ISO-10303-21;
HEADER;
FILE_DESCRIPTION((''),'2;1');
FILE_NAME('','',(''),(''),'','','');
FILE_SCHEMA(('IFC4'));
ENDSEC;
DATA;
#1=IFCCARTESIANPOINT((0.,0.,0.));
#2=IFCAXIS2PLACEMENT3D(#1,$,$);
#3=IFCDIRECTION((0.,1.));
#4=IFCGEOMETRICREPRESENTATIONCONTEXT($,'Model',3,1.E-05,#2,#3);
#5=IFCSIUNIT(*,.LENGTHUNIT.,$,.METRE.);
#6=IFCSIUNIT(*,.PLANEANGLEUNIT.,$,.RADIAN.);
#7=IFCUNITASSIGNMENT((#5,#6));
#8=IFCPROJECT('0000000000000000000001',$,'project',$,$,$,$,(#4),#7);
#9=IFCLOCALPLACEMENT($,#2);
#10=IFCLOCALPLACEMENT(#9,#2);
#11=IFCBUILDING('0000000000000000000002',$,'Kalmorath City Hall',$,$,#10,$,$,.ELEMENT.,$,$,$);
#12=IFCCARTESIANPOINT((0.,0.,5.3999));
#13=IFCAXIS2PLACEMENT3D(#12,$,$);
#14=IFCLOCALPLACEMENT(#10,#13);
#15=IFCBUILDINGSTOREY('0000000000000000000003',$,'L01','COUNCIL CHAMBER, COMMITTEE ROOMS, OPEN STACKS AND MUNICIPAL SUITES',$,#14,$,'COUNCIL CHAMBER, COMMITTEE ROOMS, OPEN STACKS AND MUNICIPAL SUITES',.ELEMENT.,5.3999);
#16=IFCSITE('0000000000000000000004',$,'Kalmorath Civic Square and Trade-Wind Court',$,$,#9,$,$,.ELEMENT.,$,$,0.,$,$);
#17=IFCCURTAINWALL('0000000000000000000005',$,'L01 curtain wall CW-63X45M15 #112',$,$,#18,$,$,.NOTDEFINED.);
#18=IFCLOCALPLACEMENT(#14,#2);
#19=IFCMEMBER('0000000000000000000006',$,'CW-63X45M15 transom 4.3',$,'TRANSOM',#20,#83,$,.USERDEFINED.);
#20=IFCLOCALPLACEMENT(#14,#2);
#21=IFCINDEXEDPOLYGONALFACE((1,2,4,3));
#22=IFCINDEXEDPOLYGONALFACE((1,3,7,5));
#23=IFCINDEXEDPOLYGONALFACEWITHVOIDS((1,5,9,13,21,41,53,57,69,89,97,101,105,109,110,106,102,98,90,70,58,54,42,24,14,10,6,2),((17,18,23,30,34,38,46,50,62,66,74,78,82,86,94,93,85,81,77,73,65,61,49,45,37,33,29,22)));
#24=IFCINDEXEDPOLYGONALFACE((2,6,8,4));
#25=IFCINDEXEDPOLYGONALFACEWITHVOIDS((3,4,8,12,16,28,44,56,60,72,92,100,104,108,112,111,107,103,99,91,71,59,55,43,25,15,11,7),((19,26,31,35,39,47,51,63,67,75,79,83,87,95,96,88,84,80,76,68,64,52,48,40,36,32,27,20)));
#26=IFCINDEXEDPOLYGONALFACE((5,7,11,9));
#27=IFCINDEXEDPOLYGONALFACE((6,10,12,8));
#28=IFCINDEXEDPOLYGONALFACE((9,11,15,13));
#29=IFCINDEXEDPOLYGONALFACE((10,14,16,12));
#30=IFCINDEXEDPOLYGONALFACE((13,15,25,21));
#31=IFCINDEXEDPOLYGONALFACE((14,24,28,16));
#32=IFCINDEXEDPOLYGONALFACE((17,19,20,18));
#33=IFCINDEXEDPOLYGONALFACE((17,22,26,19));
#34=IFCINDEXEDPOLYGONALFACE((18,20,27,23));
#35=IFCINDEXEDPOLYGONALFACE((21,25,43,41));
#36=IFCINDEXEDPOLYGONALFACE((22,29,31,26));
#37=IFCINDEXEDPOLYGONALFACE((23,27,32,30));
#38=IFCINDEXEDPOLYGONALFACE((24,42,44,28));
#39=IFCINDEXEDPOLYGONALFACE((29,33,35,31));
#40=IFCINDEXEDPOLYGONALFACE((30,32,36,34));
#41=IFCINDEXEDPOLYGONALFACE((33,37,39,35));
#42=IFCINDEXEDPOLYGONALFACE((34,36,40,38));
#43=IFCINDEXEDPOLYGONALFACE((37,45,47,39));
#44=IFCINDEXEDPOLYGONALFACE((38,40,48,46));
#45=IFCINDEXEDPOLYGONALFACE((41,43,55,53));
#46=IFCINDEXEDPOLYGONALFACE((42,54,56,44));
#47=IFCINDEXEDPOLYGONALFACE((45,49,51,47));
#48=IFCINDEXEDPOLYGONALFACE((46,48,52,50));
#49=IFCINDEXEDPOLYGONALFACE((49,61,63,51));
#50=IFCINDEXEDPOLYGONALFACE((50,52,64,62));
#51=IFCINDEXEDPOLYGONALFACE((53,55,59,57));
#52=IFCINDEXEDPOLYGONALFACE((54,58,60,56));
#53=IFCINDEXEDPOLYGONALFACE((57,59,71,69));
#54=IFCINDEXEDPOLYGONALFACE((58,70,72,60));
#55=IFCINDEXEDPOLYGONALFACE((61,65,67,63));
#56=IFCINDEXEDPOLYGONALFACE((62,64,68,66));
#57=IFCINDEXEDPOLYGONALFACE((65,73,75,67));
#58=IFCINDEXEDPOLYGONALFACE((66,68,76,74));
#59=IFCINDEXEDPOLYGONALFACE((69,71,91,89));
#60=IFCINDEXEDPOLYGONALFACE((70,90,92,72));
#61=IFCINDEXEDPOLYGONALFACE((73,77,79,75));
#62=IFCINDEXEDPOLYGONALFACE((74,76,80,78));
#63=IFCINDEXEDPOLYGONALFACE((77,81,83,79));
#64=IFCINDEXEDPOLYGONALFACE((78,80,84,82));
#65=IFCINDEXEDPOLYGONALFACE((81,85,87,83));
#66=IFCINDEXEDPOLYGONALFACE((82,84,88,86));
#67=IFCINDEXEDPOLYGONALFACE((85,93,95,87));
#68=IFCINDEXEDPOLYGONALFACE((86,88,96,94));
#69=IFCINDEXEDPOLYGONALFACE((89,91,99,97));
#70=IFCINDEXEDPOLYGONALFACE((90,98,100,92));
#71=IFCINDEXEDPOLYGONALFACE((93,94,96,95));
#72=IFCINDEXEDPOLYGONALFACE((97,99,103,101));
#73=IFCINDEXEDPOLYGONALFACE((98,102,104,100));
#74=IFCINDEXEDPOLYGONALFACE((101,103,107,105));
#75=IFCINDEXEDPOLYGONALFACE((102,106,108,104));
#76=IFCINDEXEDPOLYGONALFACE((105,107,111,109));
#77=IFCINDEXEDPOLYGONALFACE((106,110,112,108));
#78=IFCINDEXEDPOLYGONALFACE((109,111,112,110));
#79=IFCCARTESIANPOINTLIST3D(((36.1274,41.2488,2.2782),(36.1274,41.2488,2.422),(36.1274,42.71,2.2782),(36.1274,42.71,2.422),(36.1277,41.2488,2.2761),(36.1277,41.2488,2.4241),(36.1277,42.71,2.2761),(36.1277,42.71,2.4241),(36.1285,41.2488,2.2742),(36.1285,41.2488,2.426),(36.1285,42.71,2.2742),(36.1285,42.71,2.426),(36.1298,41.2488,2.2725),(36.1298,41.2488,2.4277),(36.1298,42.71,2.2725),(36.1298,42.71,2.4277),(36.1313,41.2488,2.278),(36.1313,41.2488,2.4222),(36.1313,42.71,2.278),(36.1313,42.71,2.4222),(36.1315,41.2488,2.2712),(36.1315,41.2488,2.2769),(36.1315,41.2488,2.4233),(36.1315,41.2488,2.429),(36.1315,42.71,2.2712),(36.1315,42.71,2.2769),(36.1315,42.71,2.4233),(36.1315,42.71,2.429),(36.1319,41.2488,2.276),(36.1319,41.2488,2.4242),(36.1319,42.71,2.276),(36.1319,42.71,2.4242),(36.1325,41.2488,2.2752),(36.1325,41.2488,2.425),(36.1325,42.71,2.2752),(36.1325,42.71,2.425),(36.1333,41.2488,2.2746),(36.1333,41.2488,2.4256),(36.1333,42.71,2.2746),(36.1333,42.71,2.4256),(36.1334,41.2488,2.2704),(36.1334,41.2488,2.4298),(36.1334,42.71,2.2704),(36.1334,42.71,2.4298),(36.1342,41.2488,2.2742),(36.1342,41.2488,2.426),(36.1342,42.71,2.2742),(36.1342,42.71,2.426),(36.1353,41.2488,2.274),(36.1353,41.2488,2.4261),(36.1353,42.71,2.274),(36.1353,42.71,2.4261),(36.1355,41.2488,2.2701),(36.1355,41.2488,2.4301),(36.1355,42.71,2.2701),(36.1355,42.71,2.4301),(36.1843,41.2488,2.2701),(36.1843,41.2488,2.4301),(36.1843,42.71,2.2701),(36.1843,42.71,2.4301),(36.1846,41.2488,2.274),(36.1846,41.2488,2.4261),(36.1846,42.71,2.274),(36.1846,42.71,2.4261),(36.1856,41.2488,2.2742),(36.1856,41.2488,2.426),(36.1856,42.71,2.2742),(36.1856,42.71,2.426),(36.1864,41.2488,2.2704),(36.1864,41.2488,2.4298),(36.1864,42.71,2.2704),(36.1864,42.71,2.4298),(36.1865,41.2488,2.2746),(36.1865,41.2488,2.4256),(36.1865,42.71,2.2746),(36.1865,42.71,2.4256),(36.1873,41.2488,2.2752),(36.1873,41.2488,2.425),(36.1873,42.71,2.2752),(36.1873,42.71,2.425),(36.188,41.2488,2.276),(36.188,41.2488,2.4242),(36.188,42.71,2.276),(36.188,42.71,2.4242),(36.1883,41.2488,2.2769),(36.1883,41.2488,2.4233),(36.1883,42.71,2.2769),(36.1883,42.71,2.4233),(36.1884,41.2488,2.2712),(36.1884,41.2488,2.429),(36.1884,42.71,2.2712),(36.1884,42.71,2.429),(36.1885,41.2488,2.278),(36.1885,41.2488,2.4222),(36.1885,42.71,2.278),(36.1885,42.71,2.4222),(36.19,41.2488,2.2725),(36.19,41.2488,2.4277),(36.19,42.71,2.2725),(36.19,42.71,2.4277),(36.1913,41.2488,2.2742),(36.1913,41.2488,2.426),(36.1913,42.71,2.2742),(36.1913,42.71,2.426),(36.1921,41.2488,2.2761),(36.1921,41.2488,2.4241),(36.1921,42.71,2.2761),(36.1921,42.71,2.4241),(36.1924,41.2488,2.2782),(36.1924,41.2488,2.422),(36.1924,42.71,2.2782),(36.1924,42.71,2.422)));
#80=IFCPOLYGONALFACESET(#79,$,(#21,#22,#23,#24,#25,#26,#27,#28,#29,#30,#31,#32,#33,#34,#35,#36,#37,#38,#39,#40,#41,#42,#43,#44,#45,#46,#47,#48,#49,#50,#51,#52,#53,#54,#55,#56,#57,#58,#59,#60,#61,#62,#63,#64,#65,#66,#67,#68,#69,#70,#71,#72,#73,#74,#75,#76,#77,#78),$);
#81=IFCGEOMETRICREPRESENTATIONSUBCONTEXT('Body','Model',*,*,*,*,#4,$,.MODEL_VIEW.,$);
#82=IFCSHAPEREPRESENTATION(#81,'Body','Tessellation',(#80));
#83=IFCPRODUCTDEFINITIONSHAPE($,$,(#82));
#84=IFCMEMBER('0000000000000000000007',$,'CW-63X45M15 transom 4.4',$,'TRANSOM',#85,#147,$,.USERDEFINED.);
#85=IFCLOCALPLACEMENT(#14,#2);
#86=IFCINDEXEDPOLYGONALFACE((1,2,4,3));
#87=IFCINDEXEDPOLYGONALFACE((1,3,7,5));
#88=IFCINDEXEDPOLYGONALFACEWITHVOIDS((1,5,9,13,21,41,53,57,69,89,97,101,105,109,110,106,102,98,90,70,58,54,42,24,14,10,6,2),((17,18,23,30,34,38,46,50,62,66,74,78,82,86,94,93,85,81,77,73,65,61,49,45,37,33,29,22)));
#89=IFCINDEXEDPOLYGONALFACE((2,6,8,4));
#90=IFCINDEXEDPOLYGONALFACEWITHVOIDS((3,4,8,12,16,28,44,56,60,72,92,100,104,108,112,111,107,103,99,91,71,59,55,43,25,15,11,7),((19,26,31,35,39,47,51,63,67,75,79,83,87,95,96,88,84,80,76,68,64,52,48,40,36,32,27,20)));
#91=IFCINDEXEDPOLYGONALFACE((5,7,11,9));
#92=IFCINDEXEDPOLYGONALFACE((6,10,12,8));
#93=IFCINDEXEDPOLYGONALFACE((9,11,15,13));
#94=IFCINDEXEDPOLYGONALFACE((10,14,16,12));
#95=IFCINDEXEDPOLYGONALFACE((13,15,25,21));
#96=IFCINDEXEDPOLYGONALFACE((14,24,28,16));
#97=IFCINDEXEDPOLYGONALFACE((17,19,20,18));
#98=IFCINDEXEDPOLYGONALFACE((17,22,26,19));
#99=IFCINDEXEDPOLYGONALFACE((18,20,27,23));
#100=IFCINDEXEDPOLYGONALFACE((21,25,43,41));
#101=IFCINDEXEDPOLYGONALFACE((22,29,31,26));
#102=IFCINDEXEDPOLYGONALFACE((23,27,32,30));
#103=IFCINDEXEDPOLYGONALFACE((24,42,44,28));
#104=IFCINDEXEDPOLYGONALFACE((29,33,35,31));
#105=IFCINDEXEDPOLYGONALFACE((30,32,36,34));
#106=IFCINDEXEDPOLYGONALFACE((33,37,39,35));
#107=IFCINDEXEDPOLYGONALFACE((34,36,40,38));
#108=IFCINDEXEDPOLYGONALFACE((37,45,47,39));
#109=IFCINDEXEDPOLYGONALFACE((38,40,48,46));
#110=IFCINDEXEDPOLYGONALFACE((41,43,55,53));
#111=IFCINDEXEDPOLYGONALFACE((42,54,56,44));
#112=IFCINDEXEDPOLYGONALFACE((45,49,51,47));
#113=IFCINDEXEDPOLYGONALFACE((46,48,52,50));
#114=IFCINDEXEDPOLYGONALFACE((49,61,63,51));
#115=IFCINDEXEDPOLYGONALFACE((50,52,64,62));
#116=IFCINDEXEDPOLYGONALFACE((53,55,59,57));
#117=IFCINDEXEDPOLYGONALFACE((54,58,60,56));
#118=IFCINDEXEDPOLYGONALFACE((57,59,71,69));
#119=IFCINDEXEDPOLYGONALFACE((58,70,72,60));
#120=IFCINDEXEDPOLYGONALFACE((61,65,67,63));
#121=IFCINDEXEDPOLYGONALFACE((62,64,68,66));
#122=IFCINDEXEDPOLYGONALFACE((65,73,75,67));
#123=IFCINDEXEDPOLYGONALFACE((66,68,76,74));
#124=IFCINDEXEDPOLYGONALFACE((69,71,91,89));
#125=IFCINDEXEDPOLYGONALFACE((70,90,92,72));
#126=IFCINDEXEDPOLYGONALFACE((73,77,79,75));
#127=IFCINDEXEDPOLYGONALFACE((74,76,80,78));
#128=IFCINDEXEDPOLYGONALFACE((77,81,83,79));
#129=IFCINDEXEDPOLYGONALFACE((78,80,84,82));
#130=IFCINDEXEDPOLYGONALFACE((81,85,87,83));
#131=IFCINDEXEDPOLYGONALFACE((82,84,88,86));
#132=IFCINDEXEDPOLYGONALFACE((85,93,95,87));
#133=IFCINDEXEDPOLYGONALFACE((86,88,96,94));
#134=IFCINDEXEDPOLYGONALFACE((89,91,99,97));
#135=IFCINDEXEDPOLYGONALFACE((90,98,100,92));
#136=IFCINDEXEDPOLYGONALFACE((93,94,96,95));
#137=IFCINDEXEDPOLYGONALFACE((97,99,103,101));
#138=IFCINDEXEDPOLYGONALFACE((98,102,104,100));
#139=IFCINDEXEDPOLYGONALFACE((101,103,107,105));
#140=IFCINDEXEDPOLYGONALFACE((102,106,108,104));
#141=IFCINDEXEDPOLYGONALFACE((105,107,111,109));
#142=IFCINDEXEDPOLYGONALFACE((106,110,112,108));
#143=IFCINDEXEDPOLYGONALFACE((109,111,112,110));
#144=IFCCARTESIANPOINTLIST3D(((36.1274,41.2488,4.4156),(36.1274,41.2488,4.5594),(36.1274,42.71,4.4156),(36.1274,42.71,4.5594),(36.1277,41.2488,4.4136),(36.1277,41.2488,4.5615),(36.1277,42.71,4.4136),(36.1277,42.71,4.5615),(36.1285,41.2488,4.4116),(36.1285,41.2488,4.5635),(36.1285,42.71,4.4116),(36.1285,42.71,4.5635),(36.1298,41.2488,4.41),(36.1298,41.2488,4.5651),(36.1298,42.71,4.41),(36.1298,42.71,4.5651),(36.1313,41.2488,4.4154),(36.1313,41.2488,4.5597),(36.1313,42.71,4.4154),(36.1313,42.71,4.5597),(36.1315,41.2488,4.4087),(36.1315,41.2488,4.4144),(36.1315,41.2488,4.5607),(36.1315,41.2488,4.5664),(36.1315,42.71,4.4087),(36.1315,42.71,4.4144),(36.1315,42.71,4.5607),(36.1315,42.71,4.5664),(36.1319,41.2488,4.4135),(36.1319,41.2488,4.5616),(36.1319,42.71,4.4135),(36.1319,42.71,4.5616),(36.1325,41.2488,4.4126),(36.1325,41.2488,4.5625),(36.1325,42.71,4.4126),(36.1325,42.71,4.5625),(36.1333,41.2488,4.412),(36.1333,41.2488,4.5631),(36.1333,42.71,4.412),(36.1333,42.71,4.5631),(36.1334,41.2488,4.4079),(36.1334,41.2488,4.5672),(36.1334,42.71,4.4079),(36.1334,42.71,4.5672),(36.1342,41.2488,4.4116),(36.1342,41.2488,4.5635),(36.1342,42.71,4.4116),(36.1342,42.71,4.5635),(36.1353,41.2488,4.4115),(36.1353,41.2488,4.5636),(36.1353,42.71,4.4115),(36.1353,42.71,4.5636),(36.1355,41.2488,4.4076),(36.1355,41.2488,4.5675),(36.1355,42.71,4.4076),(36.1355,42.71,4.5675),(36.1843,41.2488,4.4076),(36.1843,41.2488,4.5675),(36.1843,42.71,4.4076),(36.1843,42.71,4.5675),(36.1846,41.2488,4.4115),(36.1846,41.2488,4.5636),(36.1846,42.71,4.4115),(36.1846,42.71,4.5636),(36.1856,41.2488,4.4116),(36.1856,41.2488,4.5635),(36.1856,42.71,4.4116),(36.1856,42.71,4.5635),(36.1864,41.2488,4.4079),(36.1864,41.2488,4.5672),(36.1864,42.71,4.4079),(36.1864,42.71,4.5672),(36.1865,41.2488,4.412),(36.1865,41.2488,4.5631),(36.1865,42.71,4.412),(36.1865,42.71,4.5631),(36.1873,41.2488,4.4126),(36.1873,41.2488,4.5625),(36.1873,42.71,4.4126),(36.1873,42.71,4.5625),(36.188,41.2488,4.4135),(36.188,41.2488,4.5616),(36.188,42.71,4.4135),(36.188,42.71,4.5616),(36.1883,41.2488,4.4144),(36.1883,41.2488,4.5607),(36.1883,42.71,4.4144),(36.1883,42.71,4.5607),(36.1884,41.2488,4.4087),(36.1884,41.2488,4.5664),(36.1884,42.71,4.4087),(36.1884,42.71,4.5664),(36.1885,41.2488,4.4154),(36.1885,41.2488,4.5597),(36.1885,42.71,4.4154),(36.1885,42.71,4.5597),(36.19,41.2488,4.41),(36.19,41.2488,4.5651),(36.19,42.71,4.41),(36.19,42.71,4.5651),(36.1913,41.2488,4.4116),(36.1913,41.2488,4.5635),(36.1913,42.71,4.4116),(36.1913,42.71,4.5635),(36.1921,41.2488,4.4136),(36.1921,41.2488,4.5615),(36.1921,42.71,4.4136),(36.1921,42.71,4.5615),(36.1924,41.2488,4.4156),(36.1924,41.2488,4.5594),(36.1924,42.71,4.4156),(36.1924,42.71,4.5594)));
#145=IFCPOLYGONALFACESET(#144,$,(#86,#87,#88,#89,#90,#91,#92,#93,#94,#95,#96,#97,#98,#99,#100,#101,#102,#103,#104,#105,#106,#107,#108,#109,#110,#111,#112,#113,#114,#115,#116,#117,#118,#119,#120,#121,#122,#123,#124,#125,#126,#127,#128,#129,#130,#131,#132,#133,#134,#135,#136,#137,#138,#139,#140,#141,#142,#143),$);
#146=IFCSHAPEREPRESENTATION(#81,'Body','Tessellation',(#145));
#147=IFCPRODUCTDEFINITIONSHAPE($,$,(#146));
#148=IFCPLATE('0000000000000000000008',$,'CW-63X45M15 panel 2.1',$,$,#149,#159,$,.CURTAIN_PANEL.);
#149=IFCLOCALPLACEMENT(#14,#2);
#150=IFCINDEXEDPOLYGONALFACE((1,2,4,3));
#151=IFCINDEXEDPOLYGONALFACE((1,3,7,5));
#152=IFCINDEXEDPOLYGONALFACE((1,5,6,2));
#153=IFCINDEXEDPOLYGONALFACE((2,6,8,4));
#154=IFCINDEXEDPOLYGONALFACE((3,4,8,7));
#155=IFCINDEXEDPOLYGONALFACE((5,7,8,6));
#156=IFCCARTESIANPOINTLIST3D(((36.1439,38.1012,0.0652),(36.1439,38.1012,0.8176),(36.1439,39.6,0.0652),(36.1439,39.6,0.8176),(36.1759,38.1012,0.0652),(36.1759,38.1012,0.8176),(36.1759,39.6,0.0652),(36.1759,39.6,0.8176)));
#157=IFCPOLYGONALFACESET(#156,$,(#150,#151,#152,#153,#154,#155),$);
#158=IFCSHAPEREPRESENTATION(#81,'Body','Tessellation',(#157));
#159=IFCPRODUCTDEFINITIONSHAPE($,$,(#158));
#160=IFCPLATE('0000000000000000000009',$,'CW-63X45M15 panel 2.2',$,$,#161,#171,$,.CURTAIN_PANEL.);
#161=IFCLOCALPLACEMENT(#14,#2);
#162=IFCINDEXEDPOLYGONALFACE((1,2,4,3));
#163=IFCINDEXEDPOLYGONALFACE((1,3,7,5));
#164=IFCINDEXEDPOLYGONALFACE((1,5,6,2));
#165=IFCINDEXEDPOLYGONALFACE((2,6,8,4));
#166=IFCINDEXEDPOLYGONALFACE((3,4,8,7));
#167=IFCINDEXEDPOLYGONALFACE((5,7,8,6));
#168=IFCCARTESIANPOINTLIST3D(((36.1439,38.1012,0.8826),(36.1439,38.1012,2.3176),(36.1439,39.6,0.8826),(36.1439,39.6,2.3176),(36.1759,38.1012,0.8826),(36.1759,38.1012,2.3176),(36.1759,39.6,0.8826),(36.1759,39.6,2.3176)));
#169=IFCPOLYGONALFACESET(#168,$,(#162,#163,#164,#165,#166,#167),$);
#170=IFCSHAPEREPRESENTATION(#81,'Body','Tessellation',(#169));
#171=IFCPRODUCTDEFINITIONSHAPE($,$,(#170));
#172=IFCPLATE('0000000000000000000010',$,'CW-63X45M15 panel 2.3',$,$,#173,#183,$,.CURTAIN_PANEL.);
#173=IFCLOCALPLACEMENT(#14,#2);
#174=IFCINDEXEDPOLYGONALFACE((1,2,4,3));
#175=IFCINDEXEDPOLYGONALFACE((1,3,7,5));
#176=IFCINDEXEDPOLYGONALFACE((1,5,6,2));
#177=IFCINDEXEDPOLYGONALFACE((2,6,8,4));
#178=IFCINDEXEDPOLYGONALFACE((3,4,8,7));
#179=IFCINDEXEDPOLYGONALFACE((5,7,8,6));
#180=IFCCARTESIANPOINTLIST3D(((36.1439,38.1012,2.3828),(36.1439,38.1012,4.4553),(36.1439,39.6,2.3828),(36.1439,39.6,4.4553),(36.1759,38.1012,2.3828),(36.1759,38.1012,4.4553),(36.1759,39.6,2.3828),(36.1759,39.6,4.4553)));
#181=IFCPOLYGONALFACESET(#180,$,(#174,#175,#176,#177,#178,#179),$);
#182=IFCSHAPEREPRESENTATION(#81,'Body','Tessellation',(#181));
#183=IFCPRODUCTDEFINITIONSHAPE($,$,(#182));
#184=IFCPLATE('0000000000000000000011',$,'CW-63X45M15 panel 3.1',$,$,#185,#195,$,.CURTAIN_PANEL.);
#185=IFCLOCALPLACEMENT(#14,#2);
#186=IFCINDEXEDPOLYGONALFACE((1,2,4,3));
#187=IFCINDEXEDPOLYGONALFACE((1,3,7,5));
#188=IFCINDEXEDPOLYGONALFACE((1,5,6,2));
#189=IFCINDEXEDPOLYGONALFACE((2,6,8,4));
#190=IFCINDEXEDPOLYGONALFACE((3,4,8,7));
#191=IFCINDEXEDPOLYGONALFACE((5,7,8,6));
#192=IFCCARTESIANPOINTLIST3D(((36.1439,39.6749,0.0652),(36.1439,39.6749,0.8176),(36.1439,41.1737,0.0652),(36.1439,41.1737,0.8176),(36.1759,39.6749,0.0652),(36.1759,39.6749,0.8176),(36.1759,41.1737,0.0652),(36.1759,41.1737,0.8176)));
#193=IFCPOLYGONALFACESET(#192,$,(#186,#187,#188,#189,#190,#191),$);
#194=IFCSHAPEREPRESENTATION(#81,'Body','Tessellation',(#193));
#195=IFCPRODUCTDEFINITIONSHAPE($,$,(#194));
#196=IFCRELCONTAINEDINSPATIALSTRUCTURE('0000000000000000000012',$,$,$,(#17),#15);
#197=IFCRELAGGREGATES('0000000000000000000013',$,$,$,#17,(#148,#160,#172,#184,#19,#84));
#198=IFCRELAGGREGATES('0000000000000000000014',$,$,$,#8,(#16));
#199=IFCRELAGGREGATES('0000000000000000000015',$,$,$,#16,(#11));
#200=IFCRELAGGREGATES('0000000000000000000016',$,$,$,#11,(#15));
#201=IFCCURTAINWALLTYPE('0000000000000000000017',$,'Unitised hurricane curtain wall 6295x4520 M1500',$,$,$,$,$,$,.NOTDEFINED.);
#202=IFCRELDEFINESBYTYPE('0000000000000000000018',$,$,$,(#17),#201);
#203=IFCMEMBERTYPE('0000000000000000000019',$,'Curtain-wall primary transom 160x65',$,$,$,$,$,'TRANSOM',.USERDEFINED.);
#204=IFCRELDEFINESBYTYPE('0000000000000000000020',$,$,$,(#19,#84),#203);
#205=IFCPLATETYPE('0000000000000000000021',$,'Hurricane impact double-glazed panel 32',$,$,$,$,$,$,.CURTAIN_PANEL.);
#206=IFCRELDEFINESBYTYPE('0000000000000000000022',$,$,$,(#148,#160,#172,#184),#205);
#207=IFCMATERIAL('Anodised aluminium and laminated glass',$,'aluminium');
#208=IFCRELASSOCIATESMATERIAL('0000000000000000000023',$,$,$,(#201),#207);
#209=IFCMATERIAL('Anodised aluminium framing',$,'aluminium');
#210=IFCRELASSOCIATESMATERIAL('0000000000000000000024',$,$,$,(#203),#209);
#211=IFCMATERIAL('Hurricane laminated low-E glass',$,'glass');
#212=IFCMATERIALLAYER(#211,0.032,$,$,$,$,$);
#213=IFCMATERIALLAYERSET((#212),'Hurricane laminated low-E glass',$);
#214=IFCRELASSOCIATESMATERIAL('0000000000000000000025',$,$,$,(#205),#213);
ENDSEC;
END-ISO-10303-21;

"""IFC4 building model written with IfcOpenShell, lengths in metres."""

from ifc_helpers import new_model, si_unit, direction, frame, origin, origin_2d, place, context, subcontext, project, spatial, rectangle, hollow_rectangle, extrude, material, layer, layer_set, material_profile, profile_set, type_object, element, aggregate, save


model = new_model("IFC4")

# Units and contexts
model_context = context("Model", 3, precision=1e-05, world=origin(), true_north=direction((0.0, 1.0)))
body_context = subcontext(model_context, "Body", "Model", "MODEL_VIEW")
ifc_project = project(units=[si_unit("LENGTHUNIT", "METRE"), si_unit("PLANEANGLEUNIT", "RADIAN")], contexts=[model_context])

# Site, building, storey
site_placement = place(None, origin())
site = spatial("IfcSite", under=ifc_project, at=site_placement, Name="Kalmorath Civic Square and Trade-Wind Court", CompositionType="ELEMENT", RefElevation=0.0)
building_placement = place(site_placement, origin())
building = spatial("IfcBuilding", under=site, at=building_placement, Name="Kalmorath City Hall", CompositionType="ELEMENT")
storey_placement = place(building_placement, frame((0.0, 0.0, 5.3999)))
storey = spatial("IfcBuildingStorey", under=building, at=storey_placement, Name="L01", Description="COUNCIL CHAMBER, COMMITTEE ROOMS, OPEN STACKS AND MUNICIPAL SUITES", LongName="COUNCIL CHAMBER, COMMITTEE ROOMS, OPEN STACKS AND MUNICIPAL SUITES", CompositionType="ELEMENT", Elevation=5.3999)

# Curtain wall
ifc_material_1 = material(Name="Anodised aluminium and laminated glass", Category="aluminium")
curtain_wall_type_1 = type_object("IfcCurtainWallType", Name="Unitised hurricane curtain wall 6295x4520 M1500", PredefinedType="NOTDEFINED", material=ifc_material_1)
curtain_wall_1_placement = place(storey_placement, origin())
curtain_wall_1 = element("IfcCurtainWall", 1, at=curtain_wall_1_placement, inside=storey, type_object=curtain_wall_type_1, Name="L01 curtain wall CW-63X45M15 #112", PredefinedType="NOTDEFINED")

# Members
ifc_material_2 = material(Name="Anodised aluminium framing", Category="aluminium")
ifc_material_profile_1 = material_profile(ifc_material_2, hollow_rectangle(XDim=0.0649, YDim=0.1599, WallThickness=0.0039, InnerFilletRadius=0.0039, OuterFilletRadius=0.0081, at=origin_2d()), Name="ALU-TRN-160X65X4")
ifc_profile_set_1 = profile_set([ifc_material_profile_1], Name="Anodised aluminium framing")
member_type_1 = type_object("IfcMemberType", Name="Curtain-wall primary transom 160x65", ElementType="TRANSOM", PredefinedType="USERDEFINED", material=ifc_profile_set_1)
member_1_placement = place(storey_placement, frame((36.1599, 41.2488, 2.3501), z_axis=(0.0, 1.0, 0.0), x_axis=(-1.0, 0.0, 0.0)))
member_1 = element("IfcMember", 2, at=member_1_placement, type_object=member_type_1, Name="CW-63X45M15 transom 4.3", ObjectType="TRANSOM", PredefinedType="USERDEFINED", context=body_context, shape_type="SweptSolid", body=[
    extrude(hollow_rectangle(XDim=0.0649, YDim=0.1599, WallThickness=0.0039, InnerFilletRadius=0.0039, OuterFilletRadius=0.0081, at=origin_2d()), origin(), (0.0, 0.0, 1.0), 1.4612),
])
member_2_placement = place(storey_placement, frame((36.1599, 41.2488, 4.4875), z_axis=(0.0, 1.0, 0.0), x_axis=(-1.0, 0.0, 0.0)))
member_2 = element("IfcMember", 3, at=member_2_placement, type_object=member_type_1, Name="CW-63X45M15 transom 4.4", ObjectType="TRANSOM", PredefinedType="USERDEFINED", context=body_context, shape_type="SweptSolid", body=[
    extrude(hollow_rectangle(XDim=0.0649, YDim=0.1599, WallThickness=0.0039, InnerFilletRadius=0.0039, OuterFilletRadius=0.0081, at=origin_2d()), origin(), (0.0, 0.0, 1.0), 1.4612),
])

# Plates
ifc_material_3 = material(Name="Hurricane laminated low-E glass", Category="glass")
ifc_layer = layer(ifc_material_3, 0.032)
ifc_layer_set = layer_set([ifc_layer], Name="Hurricane laminated low-E glass")
plate_type = type_object("IfcPlateType", Name="Hurricane impact double-glazed panel 32", PredefinedType="CURTAIN_PANEL", material=ifc_layer_set)
plate_1_placement = place(storey_placement, frame((36.1599, 38.8506, 0.0652), z_axis=(0.0, 0.0, 1.0), x_axis=(0.0, 1.0, 0.0)))
plate_1 = element("IfcPlate", 4, at=plate_1_placement, type_object=plate_type, Name="CW-63X45M15 panel 2.1", PredefinedType="CURTAIN_PANEL", context=body_context, shape_type="SweptSolid", body=[
    extrude(rectangle(XDim=1.4988, YDim=0.032, at=origin_2d()), origin(), (0.0, 0.0, 1.0), 0.7524),
])
plate_2_placement = place(storey_placement, frame((36.1599, 38.8506, 0.8826), z_axis=(0.0, 0.0, 1.0), x_axis=(0.0, 1.0, 0.0)))
plate_2 = element("IfcPlate", 5, at=plate_2_placement, type_object=plate_type, Name="CW-63X45M15 panel 2.2", PredefinedType="CURTAIN_PANEL", context=body_context, shape_type="SweptSolid", body=[
    extrude(rectangle(XDim=1.4988, YDim=0.032, at=origin_2d()), origin(), (0.0, 0.0, 1.0), 1.4351),
])
plate_3_placement = place(storey_placement, frame((36.1599, 38.8506, 2.3828), z_axis=(0.0, 0.0, 1.0), x_axis=(0.0, 1.0, 0.0)))
plate_3 = element("IfcPlate", 6, at=plate_3_placement, type_object=plate_type, Name="CW-63X45M15 panel 2.3", PredefinedType="CURTAIN_PANEL", context=body_context, shape_type="SweptSolid", body=[
    extrude(rectangle(XDim=1.4988, YDim=0.032, at=origin_2d()), origin(), (0.0, 0.0, 1.0), 2.0725),
])
plate_4_placement = place(storey_placement, frame((36.1599, 40.4243, 0.0652), z_axis=(0.0, 0.0, 1.0), x_axis=(0.0, 1.0, 0.0)))
plate_4 = element("IfcPlate", 7, at=plate_4_placement, type_object=plate_type, Name="CW-63X45M15 panel 3.1", PredefinedType="CURTAIN_PANEL", context=body_context, shape_type="SweptSolid", body=[
    extrude(rectangle(XDim=1.4988, YDim=0.032, at=origin_2d()), origin(), (0.0, 0.0, 1.0), 0.7524),
])
aggregate(curtain_wall_1, [plate_1, plate_2, plate_3, plate_4, member_1, member_2])

save(model, "model.ifc")
